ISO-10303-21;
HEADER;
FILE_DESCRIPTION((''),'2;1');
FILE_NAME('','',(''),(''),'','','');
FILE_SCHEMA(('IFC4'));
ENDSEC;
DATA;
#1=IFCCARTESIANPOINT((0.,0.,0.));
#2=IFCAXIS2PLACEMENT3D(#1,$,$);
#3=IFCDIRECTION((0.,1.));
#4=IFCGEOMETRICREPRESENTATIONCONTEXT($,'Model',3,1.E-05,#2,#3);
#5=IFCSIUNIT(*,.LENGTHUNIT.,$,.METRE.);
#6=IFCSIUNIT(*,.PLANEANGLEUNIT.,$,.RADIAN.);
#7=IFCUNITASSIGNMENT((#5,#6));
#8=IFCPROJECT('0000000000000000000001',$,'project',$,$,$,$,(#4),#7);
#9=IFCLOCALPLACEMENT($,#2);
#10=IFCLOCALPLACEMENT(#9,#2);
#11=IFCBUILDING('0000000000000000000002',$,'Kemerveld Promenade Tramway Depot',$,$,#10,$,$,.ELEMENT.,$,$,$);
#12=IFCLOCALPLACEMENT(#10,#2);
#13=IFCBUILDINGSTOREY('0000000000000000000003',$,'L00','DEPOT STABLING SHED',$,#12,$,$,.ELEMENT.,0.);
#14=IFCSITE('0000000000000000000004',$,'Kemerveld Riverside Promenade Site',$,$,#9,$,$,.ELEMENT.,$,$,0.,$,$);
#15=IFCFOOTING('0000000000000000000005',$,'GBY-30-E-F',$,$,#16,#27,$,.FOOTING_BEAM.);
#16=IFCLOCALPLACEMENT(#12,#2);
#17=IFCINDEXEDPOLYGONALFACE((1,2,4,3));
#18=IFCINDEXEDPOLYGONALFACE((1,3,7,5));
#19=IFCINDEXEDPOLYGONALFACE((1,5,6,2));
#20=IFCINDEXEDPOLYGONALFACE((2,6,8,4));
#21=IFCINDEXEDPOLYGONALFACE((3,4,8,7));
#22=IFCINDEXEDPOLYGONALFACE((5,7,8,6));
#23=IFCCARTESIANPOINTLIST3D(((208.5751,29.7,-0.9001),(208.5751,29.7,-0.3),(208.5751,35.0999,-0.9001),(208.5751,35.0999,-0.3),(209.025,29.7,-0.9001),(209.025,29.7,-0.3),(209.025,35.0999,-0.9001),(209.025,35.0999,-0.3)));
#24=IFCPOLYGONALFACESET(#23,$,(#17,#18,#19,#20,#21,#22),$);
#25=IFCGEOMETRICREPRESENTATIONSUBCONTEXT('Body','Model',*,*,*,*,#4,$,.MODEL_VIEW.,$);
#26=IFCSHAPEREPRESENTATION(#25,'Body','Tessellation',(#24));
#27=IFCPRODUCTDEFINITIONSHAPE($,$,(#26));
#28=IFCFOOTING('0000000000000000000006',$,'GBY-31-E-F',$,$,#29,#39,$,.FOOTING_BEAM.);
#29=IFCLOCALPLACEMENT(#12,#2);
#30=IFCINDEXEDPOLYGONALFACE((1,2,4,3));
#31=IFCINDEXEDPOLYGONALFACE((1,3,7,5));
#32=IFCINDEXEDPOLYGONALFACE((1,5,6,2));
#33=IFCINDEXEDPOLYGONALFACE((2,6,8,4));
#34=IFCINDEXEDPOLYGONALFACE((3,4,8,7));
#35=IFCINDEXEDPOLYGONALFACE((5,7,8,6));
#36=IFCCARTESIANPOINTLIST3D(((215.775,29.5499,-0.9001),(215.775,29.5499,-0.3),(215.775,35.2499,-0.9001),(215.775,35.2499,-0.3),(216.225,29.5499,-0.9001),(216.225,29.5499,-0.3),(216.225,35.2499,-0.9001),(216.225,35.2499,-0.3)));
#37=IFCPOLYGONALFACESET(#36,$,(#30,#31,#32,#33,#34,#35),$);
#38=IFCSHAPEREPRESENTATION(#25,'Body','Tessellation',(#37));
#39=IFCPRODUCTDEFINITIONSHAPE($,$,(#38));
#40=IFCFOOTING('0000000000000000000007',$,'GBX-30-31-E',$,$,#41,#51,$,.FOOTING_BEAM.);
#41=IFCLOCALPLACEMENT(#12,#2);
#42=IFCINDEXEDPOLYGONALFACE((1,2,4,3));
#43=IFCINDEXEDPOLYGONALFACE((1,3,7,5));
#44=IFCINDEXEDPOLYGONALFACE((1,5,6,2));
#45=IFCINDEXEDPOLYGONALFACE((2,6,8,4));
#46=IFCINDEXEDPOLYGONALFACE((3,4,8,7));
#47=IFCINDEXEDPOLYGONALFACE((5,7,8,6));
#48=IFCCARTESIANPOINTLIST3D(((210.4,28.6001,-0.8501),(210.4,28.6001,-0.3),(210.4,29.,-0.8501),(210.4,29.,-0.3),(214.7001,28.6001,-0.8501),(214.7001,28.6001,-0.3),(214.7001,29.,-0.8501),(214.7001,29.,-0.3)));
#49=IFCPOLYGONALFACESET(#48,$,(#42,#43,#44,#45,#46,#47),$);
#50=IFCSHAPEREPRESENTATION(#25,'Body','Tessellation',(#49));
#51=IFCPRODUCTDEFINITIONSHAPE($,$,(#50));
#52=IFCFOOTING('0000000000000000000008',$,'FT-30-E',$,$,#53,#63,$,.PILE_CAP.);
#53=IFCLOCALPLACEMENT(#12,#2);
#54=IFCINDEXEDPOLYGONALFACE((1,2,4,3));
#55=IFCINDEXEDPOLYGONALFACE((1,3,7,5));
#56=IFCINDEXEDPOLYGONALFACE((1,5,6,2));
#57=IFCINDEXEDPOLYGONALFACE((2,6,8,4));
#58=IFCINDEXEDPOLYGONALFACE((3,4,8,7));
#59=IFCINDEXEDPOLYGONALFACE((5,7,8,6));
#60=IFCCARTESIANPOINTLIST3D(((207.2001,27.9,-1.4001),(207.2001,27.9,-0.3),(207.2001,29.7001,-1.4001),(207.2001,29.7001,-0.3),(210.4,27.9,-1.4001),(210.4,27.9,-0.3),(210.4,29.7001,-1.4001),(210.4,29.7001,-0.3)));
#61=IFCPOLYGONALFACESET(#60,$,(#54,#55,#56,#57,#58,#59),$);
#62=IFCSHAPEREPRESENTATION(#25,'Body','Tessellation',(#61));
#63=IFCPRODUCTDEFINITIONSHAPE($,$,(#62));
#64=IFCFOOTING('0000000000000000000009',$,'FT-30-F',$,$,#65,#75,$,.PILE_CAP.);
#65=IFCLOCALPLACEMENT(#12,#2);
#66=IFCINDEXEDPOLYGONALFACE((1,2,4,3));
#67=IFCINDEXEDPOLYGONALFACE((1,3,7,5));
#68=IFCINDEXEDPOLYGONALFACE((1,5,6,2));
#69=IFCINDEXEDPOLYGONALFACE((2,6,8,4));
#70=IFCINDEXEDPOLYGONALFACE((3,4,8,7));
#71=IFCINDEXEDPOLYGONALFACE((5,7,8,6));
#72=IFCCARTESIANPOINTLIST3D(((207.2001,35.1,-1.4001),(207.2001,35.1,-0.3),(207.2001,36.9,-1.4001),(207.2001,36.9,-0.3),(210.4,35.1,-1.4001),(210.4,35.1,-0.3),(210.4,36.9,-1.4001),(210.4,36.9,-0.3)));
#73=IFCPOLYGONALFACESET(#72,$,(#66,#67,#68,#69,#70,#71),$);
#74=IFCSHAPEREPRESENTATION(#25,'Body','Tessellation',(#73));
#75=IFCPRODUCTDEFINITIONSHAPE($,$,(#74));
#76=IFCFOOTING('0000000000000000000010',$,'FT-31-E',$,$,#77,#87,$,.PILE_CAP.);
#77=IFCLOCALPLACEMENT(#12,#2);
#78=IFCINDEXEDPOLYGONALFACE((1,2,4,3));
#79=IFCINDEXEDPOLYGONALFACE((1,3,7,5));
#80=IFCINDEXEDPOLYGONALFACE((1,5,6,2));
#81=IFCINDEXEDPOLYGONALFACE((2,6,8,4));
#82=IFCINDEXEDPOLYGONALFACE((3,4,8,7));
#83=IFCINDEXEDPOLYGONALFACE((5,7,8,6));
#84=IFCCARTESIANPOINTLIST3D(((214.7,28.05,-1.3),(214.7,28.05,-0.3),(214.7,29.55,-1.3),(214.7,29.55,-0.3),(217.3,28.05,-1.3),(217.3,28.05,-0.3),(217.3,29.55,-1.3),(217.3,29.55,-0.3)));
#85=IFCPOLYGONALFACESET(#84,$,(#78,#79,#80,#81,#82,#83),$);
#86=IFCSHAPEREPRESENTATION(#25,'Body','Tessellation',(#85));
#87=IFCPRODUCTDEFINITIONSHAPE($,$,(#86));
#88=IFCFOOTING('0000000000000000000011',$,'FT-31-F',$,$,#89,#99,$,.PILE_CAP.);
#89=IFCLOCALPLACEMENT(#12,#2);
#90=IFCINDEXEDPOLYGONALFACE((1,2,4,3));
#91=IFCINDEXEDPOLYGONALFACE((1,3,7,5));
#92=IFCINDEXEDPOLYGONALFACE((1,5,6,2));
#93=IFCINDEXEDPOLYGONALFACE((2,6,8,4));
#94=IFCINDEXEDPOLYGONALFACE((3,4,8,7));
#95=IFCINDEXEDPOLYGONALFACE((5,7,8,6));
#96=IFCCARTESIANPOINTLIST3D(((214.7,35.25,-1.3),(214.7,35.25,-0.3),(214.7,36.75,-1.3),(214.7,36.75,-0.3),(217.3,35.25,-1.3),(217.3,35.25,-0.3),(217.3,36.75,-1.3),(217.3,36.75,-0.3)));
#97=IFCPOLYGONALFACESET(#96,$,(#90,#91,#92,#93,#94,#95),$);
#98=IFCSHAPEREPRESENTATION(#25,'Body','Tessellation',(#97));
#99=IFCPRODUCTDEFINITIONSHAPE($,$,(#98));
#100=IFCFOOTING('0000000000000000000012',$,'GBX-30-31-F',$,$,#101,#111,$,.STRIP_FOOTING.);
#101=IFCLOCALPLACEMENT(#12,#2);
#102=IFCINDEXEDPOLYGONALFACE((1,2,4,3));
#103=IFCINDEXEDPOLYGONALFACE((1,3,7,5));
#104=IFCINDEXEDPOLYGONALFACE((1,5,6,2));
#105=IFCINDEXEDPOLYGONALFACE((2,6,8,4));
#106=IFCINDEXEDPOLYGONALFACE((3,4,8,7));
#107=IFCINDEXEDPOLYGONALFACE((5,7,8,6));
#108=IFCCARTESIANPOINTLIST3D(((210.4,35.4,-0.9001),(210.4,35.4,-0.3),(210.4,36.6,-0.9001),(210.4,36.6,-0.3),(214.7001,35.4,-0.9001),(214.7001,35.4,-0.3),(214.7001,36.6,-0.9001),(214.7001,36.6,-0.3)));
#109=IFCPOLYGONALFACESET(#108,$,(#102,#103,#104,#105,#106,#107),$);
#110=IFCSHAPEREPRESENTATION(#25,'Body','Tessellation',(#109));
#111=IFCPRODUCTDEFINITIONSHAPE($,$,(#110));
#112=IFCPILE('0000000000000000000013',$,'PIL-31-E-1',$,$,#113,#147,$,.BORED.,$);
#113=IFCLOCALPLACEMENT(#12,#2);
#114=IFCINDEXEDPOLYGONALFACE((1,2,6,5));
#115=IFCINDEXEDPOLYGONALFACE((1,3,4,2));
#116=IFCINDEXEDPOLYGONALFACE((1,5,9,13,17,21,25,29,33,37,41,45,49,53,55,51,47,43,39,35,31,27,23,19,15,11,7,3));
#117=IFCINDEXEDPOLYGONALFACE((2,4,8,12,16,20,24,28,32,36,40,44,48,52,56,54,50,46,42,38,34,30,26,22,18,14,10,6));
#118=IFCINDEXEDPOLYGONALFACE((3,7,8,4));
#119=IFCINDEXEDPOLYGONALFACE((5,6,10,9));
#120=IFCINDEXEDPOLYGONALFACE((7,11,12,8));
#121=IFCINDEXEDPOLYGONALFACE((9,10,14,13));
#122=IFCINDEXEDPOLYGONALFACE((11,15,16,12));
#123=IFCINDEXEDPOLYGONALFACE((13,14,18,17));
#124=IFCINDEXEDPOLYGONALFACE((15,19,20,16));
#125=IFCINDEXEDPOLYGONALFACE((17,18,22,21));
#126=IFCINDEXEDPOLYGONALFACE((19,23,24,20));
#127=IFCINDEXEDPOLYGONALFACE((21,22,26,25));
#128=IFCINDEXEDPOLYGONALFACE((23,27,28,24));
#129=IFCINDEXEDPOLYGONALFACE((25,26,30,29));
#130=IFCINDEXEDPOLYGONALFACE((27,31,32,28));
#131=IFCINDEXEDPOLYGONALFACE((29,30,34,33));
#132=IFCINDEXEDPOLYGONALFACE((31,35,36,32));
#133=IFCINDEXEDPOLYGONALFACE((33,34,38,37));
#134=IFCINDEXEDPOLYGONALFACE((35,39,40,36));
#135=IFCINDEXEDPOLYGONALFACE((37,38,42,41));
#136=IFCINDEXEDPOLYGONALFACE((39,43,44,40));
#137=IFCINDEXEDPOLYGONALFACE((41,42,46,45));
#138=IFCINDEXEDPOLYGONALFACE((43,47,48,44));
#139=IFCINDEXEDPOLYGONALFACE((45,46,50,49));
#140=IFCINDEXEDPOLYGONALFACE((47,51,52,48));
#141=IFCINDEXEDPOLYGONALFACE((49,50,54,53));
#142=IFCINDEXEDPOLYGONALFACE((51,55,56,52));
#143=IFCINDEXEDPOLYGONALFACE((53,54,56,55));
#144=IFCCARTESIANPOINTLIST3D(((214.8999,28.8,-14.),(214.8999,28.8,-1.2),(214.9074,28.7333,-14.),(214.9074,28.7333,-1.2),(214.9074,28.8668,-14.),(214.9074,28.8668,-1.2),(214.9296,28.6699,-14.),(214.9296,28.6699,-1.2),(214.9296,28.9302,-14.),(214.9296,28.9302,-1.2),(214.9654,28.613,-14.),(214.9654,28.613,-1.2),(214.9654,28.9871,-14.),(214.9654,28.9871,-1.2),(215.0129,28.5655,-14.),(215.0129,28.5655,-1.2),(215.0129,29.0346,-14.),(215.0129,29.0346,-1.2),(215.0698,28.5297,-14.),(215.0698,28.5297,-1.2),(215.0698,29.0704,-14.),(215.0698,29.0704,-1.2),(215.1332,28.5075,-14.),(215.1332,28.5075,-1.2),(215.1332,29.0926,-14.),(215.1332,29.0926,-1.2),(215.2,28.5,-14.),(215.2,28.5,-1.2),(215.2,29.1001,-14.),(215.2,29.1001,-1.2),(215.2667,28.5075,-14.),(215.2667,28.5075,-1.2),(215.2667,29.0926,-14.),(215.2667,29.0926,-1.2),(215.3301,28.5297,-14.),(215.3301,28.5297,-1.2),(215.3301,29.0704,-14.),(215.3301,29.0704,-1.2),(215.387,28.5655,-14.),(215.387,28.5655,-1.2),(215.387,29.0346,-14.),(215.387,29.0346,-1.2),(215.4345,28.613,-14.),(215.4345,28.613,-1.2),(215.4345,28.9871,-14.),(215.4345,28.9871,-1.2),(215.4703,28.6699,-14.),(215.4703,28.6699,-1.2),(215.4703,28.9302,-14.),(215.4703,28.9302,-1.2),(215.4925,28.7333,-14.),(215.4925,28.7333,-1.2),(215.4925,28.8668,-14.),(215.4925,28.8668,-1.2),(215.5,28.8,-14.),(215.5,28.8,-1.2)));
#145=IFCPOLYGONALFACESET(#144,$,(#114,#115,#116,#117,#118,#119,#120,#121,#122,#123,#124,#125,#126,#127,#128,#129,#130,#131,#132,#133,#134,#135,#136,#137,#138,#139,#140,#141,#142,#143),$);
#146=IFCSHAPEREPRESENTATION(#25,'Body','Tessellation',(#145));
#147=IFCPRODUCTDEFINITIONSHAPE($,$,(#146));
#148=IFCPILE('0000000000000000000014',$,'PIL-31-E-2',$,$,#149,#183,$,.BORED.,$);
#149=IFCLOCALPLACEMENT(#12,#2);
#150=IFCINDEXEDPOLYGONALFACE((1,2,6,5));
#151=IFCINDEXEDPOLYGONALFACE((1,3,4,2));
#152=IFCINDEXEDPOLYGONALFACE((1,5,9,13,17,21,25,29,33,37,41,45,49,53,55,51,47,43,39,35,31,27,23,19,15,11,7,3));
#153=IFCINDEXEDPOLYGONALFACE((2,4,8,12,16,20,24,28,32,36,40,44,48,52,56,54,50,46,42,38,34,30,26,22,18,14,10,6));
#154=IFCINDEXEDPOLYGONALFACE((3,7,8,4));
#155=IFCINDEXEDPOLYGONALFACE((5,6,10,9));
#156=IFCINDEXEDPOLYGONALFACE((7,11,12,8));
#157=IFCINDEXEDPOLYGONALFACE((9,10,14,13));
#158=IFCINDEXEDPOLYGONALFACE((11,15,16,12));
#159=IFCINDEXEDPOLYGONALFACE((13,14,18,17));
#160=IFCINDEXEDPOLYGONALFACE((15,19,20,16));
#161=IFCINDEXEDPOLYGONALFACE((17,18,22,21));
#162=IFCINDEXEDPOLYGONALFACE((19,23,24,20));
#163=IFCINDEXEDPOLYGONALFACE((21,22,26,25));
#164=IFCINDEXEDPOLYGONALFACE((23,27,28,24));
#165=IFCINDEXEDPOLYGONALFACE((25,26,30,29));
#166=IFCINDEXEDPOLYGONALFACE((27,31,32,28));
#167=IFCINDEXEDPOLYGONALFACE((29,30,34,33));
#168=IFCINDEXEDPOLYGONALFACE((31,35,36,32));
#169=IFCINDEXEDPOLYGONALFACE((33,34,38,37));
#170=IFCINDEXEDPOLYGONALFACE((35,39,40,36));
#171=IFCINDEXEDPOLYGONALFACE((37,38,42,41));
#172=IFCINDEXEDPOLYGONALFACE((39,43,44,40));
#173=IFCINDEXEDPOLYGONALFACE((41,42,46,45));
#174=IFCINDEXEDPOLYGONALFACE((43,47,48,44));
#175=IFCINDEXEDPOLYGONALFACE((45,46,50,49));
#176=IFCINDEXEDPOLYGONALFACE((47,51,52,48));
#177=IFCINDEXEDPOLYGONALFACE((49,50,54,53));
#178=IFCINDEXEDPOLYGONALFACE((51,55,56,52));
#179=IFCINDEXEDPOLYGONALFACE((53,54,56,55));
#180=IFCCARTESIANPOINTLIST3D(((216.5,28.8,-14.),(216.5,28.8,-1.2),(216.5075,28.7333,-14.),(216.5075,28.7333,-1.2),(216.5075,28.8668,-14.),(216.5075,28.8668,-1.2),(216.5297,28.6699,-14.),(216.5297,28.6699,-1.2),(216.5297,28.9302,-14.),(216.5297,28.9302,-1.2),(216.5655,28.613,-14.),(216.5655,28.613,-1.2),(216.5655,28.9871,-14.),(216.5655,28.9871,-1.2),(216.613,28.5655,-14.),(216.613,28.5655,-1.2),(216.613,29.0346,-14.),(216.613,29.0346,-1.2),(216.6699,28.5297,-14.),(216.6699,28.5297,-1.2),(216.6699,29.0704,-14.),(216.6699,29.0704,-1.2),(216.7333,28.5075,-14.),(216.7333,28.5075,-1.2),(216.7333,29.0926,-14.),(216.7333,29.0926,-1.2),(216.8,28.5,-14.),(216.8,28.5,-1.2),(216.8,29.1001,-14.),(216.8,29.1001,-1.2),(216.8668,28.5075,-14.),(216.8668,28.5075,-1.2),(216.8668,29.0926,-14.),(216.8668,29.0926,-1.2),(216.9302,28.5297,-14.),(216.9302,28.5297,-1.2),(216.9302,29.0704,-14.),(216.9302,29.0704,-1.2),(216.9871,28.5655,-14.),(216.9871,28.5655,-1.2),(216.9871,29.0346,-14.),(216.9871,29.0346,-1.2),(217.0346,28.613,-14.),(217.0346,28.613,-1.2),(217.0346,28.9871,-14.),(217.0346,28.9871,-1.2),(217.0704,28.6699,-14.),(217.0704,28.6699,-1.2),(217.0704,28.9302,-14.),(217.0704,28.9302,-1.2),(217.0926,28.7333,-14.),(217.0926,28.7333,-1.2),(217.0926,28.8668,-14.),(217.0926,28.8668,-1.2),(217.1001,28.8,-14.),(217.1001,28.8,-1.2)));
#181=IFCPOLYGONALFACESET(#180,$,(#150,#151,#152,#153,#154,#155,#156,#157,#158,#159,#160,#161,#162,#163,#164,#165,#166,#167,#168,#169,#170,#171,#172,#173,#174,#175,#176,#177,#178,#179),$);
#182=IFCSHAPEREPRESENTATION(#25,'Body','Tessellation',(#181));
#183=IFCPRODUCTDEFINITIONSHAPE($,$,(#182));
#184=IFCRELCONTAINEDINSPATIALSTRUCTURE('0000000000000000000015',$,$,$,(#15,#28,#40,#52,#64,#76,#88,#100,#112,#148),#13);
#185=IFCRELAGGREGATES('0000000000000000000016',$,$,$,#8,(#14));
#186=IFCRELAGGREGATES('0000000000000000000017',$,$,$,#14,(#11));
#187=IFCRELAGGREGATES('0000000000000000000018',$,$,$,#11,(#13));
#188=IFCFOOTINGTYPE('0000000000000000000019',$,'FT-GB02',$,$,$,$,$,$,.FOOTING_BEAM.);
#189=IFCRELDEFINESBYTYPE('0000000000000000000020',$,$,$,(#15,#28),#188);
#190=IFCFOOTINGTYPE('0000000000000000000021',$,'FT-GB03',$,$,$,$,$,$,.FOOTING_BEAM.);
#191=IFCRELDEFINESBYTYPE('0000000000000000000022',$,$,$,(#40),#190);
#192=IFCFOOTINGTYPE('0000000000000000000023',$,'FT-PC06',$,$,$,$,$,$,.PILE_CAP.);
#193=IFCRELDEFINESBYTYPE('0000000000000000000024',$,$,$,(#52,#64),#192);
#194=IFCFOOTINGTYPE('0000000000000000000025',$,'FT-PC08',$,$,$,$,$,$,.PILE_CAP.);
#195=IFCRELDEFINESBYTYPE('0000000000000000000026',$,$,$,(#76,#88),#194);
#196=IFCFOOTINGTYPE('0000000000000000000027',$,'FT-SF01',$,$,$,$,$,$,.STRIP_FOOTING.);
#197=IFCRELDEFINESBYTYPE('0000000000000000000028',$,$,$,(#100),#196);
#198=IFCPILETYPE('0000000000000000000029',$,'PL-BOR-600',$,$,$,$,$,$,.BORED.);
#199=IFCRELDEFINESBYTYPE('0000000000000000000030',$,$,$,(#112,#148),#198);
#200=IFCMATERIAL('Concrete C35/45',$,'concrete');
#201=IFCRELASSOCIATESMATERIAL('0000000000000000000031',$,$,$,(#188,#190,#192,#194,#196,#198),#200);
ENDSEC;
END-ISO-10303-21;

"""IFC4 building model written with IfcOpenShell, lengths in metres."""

from ifc_helpers import new_model, si_unit, direction, frame, origin, origin_2d, place, context, subcontext, project, spatial, rectangle, circle, extrude, material, material_profile, profile_set, type_object, element, save


model = new_model("IFC4")

# Units and contexts
model_context = context("Model", 3, precision=1e-05, world=origin(), true_north=direction((0.0, 1.0)))
body_context = subcontext(model_context, "Body", "Model", "MODEL_VIEW")
ifc_project = project(units=[si_unit("LENGTHUNIT", "METRE"), si_unit("PLANEANGLEUNIT", "RADIAN")], contexts=[model_context])

# Site, building, storey
site_placement = place(None, origin())
site = spatial("IfcSite", under=ifc_project, at=site_placement, Name="Kemerveld Riverside Promenade Site", CompositionType="ELEMENT", RefElevation=0.0)
building_placement = place(site_placement, origin())
building = spatial("IfcBuilding", under=site, at=building_placement, Name="Kemerveld Promenade Tramway Depot", CompositionType="ELEMENT")
storey_placement = place(building_placement, origin())
storey = spatial("IfcBuildingStorey", under=building, at=storey_placement, Name="L00", Description="DEPOT STABLING SHED", CompositionType="ELEMENT", Elevation=0.0)

# Footings
ifc_material_1 = material(Name="Concrete C35/45", Category="concrete")
footing_type_1 = type_object("IfcFootingType", Name="FT-GB02", PredefinedType="FOOTING_BEAM", material=ifc_material_1)
footing_1_placement = place(storey_placement, frame((208.8, 32.3999, -0.9001), z_axis=(0.0, 0.0, 1.0), x_axis=(0.0, 1.0, 0.0)))
element("IfcFooting", 1, at=footing_1_placement, inside=storey, type_object=footing_type_1, Name="GBY-30-E-F", PredefinedType="FOOTING_BEAM", context=body_context, shape_type="SweptSolid", body=[
    extrude(rectangle(XDim=5.3999, YDim=0.45, at=origin_2d()), origin(), (0.0, 0.0, 1.0), 0.6001),
])
footing_2_placement = place(storey_placement, frame((216.0, 32.3999, -0.9001), z_axis=(0.0, 0.0, 1.0), x_axis=(0.0, 1.0, 0.0)))
element("IfcFooting", 2, at=footing_2_placement, inside=storey, type_object=footing_type_1, Name="GBY-31-E-F", PredefinedType="FOOTING_BEAM", context=body_context, shape_type="SweptSolid", body=[
    extrude(rectangle(XDim=5.7, YDim=0.45, at=origin_2d()), origin(), (0.0, 0.0, 1.0), 0.6001),
])
footing_type_2 = type_object("IfcFootingType", Name="FT-GB03", PredefinedType="FOOTING_BEAM", material=ifc_material_1)
footing_3_placement = place(storey_placement, frame((212.55, 28.8, -0.8501), z_axis=(0.0, 0.0, 1.0), x_axis=(1.0, 0.0, 0.0)))
element("IfcFooting", 3, at=footing_3_placement, inside=storey, type_object=footing_type_2, Name="GBX-30-31-E", PredefinedType="FOOTING_BEAM", context=body_context, shape_type="SweptSolid", body=[
    extrude(rectangle(XDim=4.3, YDim=0.3999, at=origin_2d()), origin(), (0.0, 0.0, 1.0), 0.55),
])
footing_type_3 = type_object("IfcFootingType", Name="FT-PC06", PredefinedType="PILE_CAP", material=ifc_material_1)
for number, where, z_axis, x_axis, name in (
    (4, (208.8, 28.8, -1.4001), (0.0, 0.0, 1.0), (1.0, 0.0, 0.0), "FT-30-E"),
    (5, (208.8, 36.0, -1.4001), (0.0, 0.0, 1.0), (1.0, 0.0, 0.0), "FT-30-F"),
):
    element("IfcFooting", number, at=place(storey_placement, frame(where, z_axis=z_axis, x_axis=x_axis)), inside=storey, type_object=footing_type_3, Name=name, PredefinedType="PILE_CAP", context=body_context, shape_type="SweptSolid", body=[
        extrude(rectangle(XDim=3.2, YDim=1.8, at=origin_2d()), origin(), (0.0, 0.0, 1.0), 1.1001),
    ])
footing_type_4 = type_object("IfcFootingType", Name="FT-PC08", PredefinedType="PILE_CAP", material=ifc_material_1)
for number, where, z_axis, x_axis, name in (
    (6, (216.0, 28.8, -1.3), (0.0, 0.0, 1.0), (1.0, 0.0, 0.0), "FT-31-E"),
    (7, (216.0, 36.0, -1.3), (0.0, 0.0, 1.0), (1.0, 0.0, 0.0), "FT-31-F"),
):
    element("IfcFooting", number, at=place(storey_placement, frame(where, z_axis=z_axis, x_axis=x_axis)), inside=storey, type_object=footing_type_4, Name=name, PredefinedType="PILE_CAP", context=body_context, shape_type="SweptSolid", body=[
        extrude(rectangle(XDim=2.6001, YDim=1.5, at=origin_2d()), origin(), (0.0, 0.0, 1.0), 1.0),
    ])
footing_type_5 = type_object("IfcFootingType", Name="FT-SF01", PredefinedType="STRIP_FOOTING", material=ifc_material_1)
footing_4_placement = place(storey_placement, frame((212.55, 36.0, -0.9001), z_axis=(0.0, 0.0, 1.0), x_axis=(1.0, 0.0, 0.0)))
element("IfcFooting", 8, at=footing_4_placement, inside=storey, type_object=footing_type_5, Name="GBX-30-31-F", PredefinedType="STRIP_FOOTING", context=body_context, shape_type="SweptSolid", body=[
    extrude(rectangle(XDim=4.3, YDim=1.2, at=origin_2d()), origin(), (0.0, 0.0, 1.0), 0.6001),
])

# Piles
ifc_material_profile_1 = material_profile(ifc_material_1, circle(Radius=0.3, at=origin_2d()), Name="PILE-D600")
ifc_profile_set_1 = profile_set([ifc_material_profile_1], Name="Concrete C35/45")
pile_type_1 = type_object("IfcPileType", Name="PL-BOR-600", PredefinedType="BORED", material=ifc_profile_set_1)
for number, where, z_axis, x_axis, name in (
    (9, (215.2, 28.8, -1.2), (0.0, 0.0, -1.0), (1.0, 0.0, 0.0), "PIL-31-E-1"),
    (10, (216.8, 28.8, -1.2), (0.0, 0.0, -1.0), (1.0, 0.0, 0.0), "PIL-31-E-2"),
):
    element("IfcPile", number, at=place(storey_placement, frame(where, z_axis=z_axis, x_axis=x_axis)), inside=storey, type_object=pile_type_1, Name=name, PredefinedType="BORED", context=body_context, shape_type="SweptSolid", body=[
        extrude(circle(Radius=0.3, at=origin_2d()), origin(), (0.0, 0.0, 1.0), 12.8),
    ])

save(model, "model.ifc")
